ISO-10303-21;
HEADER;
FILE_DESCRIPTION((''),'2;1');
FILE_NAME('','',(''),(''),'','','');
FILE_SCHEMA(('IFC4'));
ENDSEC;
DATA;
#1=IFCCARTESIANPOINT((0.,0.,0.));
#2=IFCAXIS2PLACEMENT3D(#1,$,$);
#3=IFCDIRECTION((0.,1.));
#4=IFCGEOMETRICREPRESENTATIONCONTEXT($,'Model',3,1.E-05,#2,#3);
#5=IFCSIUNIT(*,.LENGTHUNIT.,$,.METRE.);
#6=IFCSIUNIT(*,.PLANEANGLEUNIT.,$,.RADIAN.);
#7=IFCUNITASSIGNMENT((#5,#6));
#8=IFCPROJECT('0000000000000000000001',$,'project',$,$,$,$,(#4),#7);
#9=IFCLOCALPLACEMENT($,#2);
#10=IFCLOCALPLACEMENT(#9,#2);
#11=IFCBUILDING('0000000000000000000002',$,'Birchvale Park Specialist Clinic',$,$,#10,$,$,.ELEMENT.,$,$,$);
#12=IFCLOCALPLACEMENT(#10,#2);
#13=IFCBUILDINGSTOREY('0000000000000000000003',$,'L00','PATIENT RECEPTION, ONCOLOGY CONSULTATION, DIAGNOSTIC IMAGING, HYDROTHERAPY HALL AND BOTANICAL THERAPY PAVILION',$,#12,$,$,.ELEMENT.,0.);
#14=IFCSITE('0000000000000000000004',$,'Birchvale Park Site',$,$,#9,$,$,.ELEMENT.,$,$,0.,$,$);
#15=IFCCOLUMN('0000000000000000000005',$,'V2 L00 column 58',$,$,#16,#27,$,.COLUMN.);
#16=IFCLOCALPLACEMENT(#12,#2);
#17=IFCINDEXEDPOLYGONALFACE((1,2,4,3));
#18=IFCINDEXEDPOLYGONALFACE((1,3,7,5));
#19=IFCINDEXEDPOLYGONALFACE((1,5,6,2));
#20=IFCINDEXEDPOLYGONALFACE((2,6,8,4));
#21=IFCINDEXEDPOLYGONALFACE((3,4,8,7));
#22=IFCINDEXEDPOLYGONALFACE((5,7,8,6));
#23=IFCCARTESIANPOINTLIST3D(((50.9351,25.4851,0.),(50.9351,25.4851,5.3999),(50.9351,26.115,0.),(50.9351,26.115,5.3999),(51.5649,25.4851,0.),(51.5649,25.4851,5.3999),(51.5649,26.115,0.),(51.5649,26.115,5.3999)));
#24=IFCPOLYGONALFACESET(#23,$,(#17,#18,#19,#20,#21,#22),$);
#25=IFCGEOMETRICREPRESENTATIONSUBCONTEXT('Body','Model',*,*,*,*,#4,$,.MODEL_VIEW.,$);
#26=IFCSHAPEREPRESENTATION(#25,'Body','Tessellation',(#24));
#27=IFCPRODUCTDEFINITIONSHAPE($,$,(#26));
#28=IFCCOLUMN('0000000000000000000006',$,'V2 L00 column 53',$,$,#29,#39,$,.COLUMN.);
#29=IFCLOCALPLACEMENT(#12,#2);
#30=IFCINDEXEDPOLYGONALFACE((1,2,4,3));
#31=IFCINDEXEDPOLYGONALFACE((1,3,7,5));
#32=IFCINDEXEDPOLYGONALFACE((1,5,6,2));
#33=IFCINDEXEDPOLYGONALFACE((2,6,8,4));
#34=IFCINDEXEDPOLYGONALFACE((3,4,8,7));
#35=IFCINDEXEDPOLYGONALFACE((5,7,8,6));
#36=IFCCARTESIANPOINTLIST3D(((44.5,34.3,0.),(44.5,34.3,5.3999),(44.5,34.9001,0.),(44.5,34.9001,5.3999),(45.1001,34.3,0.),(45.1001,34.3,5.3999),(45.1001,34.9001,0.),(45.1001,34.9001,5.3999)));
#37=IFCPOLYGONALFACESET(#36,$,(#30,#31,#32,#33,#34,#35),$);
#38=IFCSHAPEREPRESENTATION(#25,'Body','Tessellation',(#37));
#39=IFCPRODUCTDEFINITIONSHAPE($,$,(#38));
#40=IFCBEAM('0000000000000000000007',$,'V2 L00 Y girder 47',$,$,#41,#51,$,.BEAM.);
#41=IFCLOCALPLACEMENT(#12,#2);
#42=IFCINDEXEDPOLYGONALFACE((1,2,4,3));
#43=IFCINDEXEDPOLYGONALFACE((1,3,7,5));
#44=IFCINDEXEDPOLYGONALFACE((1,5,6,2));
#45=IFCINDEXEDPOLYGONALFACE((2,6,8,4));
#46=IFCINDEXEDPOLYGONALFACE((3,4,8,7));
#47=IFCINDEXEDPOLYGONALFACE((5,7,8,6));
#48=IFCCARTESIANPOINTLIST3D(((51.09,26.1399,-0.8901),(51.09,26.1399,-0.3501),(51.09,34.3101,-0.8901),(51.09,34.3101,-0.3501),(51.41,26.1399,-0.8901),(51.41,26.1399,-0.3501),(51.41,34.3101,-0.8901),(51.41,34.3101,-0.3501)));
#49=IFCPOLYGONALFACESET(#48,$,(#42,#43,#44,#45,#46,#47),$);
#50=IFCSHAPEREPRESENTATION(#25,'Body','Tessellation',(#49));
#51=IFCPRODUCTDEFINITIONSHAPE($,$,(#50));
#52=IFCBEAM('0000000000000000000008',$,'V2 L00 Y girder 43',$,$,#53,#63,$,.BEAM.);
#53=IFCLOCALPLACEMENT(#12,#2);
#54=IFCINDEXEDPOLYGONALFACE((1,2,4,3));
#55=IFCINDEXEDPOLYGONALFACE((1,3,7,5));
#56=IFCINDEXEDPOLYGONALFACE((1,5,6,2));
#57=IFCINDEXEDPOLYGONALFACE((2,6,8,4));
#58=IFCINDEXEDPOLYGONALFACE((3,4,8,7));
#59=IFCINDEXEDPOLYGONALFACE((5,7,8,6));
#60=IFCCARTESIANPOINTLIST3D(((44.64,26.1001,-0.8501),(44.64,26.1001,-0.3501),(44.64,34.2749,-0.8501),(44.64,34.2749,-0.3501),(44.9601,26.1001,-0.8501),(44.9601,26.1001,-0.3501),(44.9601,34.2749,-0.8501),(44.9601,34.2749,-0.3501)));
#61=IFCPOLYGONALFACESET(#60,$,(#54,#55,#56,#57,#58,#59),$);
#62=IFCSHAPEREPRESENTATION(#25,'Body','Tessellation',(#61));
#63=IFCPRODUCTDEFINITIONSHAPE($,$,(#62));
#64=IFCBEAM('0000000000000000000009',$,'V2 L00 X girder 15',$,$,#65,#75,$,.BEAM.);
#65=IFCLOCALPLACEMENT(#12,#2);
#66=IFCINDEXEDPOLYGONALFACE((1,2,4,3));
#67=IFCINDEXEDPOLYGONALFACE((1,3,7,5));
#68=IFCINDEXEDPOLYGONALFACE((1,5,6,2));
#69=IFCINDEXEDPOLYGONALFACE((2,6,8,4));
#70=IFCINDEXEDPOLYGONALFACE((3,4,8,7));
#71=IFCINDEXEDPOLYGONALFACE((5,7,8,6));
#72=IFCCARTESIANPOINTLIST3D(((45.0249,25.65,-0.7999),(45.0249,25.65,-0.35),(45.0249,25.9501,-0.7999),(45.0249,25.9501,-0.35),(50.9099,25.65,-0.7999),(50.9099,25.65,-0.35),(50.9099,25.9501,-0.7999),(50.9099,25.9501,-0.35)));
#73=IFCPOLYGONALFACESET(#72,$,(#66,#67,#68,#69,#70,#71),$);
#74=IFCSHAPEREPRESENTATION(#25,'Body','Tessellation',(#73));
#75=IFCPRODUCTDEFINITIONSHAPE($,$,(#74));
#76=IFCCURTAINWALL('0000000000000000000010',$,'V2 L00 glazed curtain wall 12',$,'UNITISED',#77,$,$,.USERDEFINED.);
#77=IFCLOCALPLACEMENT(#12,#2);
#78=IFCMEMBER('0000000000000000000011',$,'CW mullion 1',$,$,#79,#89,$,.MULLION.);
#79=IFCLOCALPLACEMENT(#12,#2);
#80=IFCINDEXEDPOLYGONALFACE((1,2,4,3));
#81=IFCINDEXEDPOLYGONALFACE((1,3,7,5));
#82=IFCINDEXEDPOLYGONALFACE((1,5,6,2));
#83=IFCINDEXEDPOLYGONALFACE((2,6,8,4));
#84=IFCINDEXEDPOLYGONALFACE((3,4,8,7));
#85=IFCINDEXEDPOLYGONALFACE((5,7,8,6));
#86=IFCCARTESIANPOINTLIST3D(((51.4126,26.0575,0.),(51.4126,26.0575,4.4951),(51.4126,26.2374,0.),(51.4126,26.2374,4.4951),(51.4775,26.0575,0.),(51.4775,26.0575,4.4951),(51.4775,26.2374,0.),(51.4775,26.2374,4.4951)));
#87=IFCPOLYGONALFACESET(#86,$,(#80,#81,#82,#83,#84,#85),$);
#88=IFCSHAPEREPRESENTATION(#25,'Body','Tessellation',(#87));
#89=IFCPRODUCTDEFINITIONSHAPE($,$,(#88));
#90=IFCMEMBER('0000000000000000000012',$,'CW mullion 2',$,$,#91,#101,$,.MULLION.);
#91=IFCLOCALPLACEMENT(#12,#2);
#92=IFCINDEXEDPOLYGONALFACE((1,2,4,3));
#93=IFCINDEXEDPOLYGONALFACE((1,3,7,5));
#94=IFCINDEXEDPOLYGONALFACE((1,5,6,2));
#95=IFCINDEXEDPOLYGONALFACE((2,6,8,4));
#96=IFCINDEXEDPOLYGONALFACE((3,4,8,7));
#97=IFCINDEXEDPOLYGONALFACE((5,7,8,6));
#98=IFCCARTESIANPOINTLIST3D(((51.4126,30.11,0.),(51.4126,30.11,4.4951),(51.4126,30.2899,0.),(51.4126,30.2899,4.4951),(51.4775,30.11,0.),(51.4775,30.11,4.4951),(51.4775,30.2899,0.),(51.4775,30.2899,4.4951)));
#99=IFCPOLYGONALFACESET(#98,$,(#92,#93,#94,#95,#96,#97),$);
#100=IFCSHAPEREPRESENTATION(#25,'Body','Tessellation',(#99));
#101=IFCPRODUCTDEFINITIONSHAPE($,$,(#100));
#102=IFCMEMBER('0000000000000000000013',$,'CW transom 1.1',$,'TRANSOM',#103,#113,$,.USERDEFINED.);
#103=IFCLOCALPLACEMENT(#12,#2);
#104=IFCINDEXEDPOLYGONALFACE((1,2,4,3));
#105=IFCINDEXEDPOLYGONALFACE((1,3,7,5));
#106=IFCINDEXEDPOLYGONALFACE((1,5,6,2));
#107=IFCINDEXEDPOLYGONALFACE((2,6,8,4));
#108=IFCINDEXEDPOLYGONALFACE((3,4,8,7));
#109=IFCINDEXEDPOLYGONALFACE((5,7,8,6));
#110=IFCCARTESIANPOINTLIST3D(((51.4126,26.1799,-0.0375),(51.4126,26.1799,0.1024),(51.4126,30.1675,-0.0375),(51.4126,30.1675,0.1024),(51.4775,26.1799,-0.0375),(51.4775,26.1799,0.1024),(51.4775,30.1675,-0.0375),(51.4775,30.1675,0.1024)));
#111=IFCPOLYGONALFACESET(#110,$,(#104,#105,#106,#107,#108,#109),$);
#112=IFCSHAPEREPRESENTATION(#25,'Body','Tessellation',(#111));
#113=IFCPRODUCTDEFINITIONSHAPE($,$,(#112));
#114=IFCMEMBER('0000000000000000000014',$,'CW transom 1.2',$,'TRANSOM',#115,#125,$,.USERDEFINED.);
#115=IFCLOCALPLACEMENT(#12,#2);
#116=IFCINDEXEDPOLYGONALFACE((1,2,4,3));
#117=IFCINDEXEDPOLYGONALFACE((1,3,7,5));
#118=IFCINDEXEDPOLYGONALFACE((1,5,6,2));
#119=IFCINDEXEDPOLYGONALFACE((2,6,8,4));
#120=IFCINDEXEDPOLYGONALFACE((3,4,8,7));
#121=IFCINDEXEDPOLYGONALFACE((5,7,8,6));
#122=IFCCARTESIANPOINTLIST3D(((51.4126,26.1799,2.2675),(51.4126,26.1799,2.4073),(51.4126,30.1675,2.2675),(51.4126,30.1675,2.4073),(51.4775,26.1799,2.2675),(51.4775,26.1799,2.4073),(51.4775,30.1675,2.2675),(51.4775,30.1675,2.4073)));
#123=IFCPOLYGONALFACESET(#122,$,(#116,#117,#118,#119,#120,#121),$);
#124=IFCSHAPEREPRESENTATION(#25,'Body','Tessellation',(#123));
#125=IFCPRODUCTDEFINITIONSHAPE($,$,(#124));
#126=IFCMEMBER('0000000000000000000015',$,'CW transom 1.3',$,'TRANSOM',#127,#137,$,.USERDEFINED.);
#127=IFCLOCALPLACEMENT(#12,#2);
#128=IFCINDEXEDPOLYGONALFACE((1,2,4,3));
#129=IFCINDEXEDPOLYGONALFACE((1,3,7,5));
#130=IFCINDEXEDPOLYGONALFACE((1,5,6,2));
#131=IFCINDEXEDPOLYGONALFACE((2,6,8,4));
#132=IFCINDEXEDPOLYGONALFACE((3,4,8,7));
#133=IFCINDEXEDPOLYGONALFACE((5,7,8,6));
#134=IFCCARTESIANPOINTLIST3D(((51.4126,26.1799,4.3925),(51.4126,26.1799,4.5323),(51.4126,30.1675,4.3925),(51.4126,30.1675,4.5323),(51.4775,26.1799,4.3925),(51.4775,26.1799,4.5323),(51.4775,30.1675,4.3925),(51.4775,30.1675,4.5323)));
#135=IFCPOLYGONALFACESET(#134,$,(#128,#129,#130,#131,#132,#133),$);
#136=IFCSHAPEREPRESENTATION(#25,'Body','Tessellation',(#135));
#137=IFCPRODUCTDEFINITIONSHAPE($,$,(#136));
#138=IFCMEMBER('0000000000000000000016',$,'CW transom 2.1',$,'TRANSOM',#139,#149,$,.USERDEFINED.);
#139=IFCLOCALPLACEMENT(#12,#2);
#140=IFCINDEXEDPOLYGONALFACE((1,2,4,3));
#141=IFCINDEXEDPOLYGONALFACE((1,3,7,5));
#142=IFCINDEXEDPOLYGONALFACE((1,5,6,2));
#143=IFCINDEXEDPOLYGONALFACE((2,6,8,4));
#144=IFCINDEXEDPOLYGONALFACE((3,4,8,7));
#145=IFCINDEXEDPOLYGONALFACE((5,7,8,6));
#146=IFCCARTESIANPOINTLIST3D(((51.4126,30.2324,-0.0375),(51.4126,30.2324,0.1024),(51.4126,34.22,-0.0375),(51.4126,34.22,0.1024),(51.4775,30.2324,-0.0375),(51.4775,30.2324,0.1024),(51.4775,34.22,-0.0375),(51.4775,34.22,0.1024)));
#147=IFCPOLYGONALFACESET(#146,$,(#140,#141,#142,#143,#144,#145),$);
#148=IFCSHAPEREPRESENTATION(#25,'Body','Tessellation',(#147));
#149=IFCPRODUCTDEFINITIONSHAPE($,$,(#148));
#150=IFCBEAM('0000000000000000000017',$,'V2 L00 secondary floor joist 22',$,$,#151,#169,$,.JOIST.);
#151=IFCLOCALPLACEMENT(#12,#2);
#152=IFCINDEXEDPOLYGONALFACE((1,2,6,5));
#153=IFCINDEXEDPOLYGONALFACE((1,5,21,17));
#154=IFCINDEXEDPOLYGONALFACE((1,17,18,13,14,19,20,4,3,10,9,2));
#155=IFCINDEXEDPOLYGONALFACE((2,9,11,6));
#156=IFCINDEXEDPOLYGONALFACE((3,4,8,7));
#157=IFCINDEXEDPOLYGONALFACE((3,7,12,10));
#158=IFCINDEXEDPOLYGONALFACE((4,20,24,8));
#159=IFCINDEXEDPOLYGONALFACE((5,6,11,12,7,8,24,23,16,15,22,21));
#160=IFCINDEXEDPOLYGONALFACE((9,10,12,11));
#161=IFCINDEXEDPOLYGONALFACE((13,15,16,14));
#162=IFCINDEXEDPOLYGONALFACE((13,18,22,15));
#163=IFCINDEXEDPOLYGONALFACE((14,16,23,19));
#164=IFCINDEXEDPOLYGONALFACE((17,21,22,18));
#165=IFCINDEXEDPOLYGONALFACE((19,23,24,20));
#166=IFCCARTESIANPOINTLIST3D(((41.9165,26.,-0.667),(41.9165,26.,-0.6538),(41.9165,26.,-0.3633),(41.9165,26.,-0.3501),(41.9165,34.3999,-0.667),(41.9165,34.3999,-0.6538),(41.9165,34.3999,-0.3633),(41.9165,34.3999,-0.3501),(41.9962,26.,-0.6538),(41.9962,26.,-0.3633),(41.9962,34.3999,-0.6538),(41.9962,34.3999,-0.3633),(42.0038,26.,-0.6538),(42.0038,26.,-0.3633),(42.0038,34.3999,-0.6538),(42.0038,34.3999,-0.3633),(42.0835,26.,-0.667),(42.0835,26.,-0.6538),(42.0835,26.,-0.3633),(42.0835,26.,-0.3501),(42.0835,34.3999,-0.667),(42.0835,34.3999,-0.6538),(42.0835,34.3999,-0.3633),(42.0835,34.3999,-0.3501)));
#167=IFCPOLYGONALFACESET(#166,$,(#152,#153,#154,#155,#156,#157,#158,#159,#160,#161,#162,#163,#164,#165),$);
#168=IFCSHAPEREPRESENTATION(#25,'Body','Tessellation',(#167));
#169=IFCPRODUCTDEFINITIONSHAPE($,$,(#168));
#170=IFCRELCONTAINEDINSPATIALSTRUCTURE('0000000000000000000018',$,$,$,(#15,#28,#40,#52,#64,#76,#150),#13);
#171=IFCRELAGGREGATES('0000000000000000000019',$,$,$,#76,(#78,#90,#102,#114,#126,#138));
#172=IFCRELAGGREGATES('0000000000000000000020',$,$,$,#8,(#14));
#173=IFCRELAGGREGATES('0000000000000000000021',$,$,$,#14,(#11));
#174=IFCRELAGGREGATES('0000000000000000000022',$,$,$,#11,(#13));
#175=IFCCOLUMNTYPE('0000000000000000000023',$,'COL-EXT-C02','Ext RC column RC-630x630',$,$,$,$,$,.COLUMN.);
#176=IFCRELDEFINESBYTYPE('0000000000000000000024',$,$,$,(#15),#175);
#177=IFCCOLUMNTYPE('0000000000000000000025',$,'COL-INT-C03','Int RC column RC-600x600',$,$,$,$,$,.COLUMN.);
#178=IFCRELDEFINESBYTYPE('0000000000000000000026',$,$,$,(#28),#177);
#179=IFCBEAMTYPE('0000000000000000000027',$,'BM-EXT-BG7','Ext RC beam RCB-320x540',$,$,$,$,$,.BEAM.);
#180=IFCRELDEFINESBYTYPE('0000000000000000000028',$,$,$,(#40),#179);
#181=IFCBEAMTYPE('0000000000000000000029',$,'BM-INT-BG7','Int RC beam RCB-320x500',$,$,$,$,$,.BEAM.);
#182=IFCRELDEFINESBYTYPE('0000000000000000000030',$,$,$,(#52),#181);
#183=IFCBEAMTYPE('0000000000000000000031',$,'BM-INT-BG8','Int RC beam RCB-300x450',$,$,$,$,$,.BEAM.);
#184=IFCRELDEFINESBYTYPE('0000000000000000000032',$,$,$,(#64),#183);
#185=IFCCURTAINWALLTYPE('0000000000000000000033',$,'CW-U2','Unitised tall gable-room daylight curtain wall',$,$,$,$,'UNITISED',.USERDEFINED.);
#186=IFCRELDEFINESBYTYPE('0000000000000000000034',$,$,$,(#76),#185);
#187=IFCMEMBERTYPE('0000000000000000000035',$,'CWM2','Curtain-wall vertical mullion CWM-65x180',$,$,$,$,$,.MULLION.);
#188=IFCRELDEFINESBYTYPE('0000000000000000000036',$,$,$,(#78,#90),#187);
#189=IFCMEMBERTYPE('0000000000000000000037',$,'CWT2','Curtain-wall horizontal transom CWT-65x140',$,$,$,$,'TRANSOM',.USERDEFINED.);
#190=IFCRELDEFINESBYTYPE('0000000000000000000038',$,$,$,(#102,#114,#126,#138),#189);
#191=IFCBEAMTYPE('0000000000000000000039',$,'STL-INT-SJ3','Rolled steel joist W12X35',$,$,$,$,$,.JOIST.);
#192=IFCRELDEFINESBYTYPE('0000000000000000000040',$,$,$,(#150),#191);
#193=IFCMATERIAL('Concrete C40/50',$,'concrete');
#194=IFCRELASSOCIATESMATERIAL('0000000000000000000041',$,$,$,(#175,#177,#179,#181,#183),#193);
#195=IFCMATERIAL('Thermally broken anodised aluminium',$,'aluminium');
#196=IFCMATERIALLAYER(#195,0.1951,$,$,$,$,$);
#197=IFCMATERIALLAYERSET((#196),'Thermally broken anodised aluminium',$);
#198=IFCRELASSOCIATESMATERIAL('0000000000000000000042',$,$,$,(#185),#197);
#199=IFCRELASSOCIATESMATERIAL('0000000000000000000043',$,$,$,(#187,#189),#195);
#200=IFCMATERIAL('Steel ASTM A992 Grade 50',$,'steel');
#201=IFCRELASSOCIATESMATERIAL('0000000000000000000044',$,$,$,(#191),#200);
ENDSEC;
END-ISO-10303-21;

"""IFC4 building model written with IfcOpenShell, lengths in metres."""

from ifc_helpers import new_model, si_unit, direction, frame, origin, origin_2d, place, context, subcontext, project, spatial, rectangle, i_section, extrude, material, layer, layer_set, material_profile, profile_set, type_object, element, aggregate, save


model = new_model("IFC4")

# Units and contexts
model_context = context("Model", 3, precision=1e-05, world=origin(), true_north=direction((0.0, 1.0)))
body_context = subcontext(model_context, "Body", "Model", "MODEL_VIEW")
ifc_project = project(units=[si_unit("LENGTHUNIT", "METRE"), si_unit("PLANEANGLEUNIT", "RADIAN")], contexts=[model_context])

# Site, building, storey
site_placement = place(None, origin())
site = spatial("IfcSite", under=ifc_project, at=site_placement, Name="Birchvale Park Site", CompositionType="ELEMENT", RefElevation=0.0)
building_placement = place(site_placement, origin())
building = spatial("IfcBuilding", under=site, at=building_placement, Name="Birchvale Park Specialist Clinic", CompositionType="ELEMENT")
storey_placement = place(building_placement, origin())
storey = spatial("IfcBuildingStorey", under=building, at=storey_placement, Name="L00", Description="PATIENT RECEPTION, ONCOLOGY CONSULTATION, DIAGNOSTIC IMAGING, HYDROTHERAPY HALL AND BOTANICAL THERAPY PAVILION", CompositionType="ELEMENT", Elevation=0.0)

# Columns
ifc_material_1 = material(Name="Concrete C40/50", Category="concrete")
ifc_material_profile_1 = material_profile(ifc_material_1, rectangle(XDim=0.6299, YDim=0.6299, at=origin_2d()), Name="RC-630x630")
ifc_profile_set_1 = profile_set([ifc_material_profile_1], Name="Concrete C40/50")
column_type_1 = type_object("IfcColumnType", Name="COL-EXT-C02", Description="Ext RC column RC-630x630", PredefinedType="COLUMN", material=ifc_profile_set_1)
column_1_placement = place(storey_placement, frame((51.25, 25.8, 0.0), z_axis=(0.0, 0.0, 1.0), x_axis=(1.0, 0.0, 0.0)))
element("IfcColumn", 1, at=column_1_placement, inside=storey, type_object=column_type_1, Name="V2 L00 column 58", PredefinedType="COLUMN", context=body_context, shape_type="SweptSolid", body=[
    extrude(rectangle(XDim=0.6299, YDim=0.6299, at=origin_2d()), origin(), (0.0, 0.0, 1.0), 5.3999),
])
ifc_material_profile_2 = material_profile(ifc_material_1, rectangle(XDim=0.6001, YDim=0.6001, at=origin_2d()), Name="RC-600x600")
ifc_profile_set_2 = profile_set([ifc_material_profile_2], Name="Concrete C40/50")
column_type_2 = type_object("IfcColumnType", Name="COL-INT-C03", Description="Int RC column RC-600x600", PredefinedType="COLUMN", material=ifc_profile_set_2)
column_2_placement = place(storey_placement, frame((44.8, 34.6001, 0.0), z_axis=(0.0, 0.0, 1.0), x_axis=(1.0, 0.0, 0.0)))
element("IfcColumn", 2, at=column_2_placement, inside=storey, type_object=column_type_2, Name="V2 L00 column 53", PredefinedType="COLUMN", context=body_context, shape_type="SweptSolid", body=[
    extrude(rectangle(XDim=0.6001, YDim=0.6001, at=origin_2d()), origin(), (0.0, 0.0, 1.0), 5.3999),
])

# Beams
ifc_material_profile_3 = material_profile(ifc_material_1, rectangle(XDim=0.3201, YDim=0.54, at=origin_2d()), Name="RCB-320x540")
ifc_profile_set_3 = profile_set([ifc_material_profile_3], Name="Concrete C40/50")
beam_type_1 = type_object("IfcBeamType", Name="BM-EXT-BG7", Description="Ext RC beam RCB-320x540", PredefinedType="BEAM", material=ifc_profile_set_3)
beam_1_placement = place(storey_placement, frame((51.25, 26.1399, -0.6201), z_axis=(0.0, 1.0, 0.0), x_axis=(-1.0, 0.0, 0.0)))
element("IfcBeam", 3, at=beam_1_placement, inside=storey, type_object=beam_type_1, Name="V2 L00 Y girder 47", PredefinedType="BEAM", context=body_context, shape_type="SweptSolid", body=[
    extrude(rectangle(XDim=0.3201, YDim=0.54, at=origin_2d()), origin(), (0.0, 0.0, 1.0), 8.1702),
])
ifc_material_profile_4 = material_profile(ifc_material_1, rectangle(XDim=0.3201, YDim=0.5, at=origin_2d()), Name="RCB-320x500")
ifc_profile_set_4 = profile_set([ifc_material_profile_4], Name="Concrete C40/50")
beam_type_2 = type_object("IfcBeamType", Name="BM-INT-BG7", Description="Int RC beam RCB-320x500", PredefinedType="BEAM", material=ifc_profile_set_4)
beam_2_placement = place(storey_placement, frame((44.8, 26.1001, -0.6001), z_axis=(0.0, 1.0, 0.0), x_axis=(-1.0, 0.0, 0.0)))
element("IfcBeam", 4, at=beam_2_placement, inside=storey, type_object=beam_type_2, Name="V2 L00 Y girder 43", PredefinedType="BEAM", context=body_context, shape_type="SweptSolid", body=[
    extrude(rectangle(XDim=0.3201, YDim=0.5, at=origin_2d()), origin(), (0.0, 0.0, 1.0), 8.1748),
])
ifc_material_profile_5 = material_profile(ifc_material_1, rectangle(XDim=0.3, YDim=0.45, at=origin_2d()), Name="RCB-300x450")
ifc_profile_set_5 = profile_set([ifc_material_profile_5], Name="Concrete C40/50")
beam_type_3 = type_object("IfcBeamType", Name="BM-INT-BG8", Description="Int RC beam RCB-300x450", PredefinedType="BEAM", material=ifc_profile_set_5)
beam_3_placement = place(storey_placement, frame((45.0249, 25.8, -0.575), z_axis=(1.0, 0.0, 0.0), x_axis=(0.0, 1.0, 0.0)))
element("IfcBeam", 5, at=beam_3_placement, inside=storey, type_object=beam_type_3, Name="V2 L00 X girder 15", PredefinedType="BEAM", context=body_context, shape_type="SweptSolid", body=[
    extrude(rectangle(XDim=0.3, YDim=0.45, at=origin_2d()), origin(), (0.0, 0.0, 1.0), 5.885),
])

# Curtain wall, members
ifc_material_2 = material(Name="Thermally broken anodised aluminium", Category="aluminium")
ifc_layer_1 = layer(ifc_material_2, 0.1951)
ifc_layer_set_1 = layer_set([ifc_layer_1], Name="Thermally broken anodised aluminium")
curtain_wall_type = type_object("IfcCurtainWallType", Name="CW-U2", Description="Unitised tall gable-room daylight curtain wall", ElementType="UNITISED", PredefinedType="USERDEFINED", material=ifc_layer_set_1)
curtain_wall_placement = place(storey_placement, origin())
curtain_wall = element("IfcCurtainWall", 6, at=curtain_wall_placement, inside=storey, type_object=curtain_wall_type, Name="V2 L00 glazed curtain wall 12", ObjectType="UNITISED", PredefinedType="USERDEFINED")
ifc_material_profile_6 = material_profile(ifc_material_2, rectangle(XDim=0.0649, YDim=0.1799, at=origin_2d()), Name="CWM-65x180")
ifc_profile_set_6 = profile_set([ifc_material_profile_6], Name="Thermally broken anodised aluminium")
member_type_1 = type_object("IfcMemberType", Name="CWM2", Description="Curtain-wall vertical mullion CWM-65x180", PredefinedType="MULLION", material=ifc_profile_set_6)
member_1_placement = place(storey_placement, frame((51.4451, 26.1475, 0.0), z_axis=(0.0, 0.0, 1.0), x_axis=(-1.0, 0.0, 0.0)))
member_1 = element("IfcMember", 7, at=member_1_placement, type_object=member_type_1, Name="CW mullion 1", PredefinedType="MULLION", context=body_context, shape_type="SweptSolid", body=[
    extrude(rectangle(XDim=0.0649, YDim=0.1799, at=origin_2d()), origin(), (0.0, 0.0, 1.0), 4.4951),
])
member_2_placement = place(storey_placement, frame((51.4451, 30.2, 0.0), z_axis=(0.0, 0.0, 1.0), x_axis=(-1.0, 0.0, 0.0)))
member_2 = element("IfcMember", 8, at=member_2_placement, type_object=member_type_1, Name="CW mullion 2", PredefinedType="MULLION", context=body_context, shape_type="SweptSolid", body=[
    extrude(rectangle(XDim=0.0649, YDim=0.1799, at=origin_2d()), origin(), (0.0, 0.0, 1.0), 4.4951),
])
ifc_material_profile_7 = material_profile(ifc_material_2, rectangle(XDim=0.0649, YDim=0.1399, at=origin_2d()), Name="CWT-65x140")
ifc_profile_set_7 = profile_set([ifc_material_profile_7], Name="Thermally broken anodised aluminium")
member_type_2 = type_object("IfcMemberType", Name="CWT2", Description="Curtain-wall horizontal transom CWT-65x140", ElementType="TRANSOM", PredefinedType="USERDEFINED", material=ifc_profile_set_7)
member_3_placement = place(storey_placement, frame((51.4451, 26.1799, 0.0325), z_axis=(0.0, 1.0, 0.0), x_axis=(-1.0, 0.0, 0.0)))
member_3 = element("IfcMember", 9, at=member_3_placement, type_object=member_type_2, Name="CW transom 1.1", ObjectType="TRANSOM", PredefinedType="USERDEFINED", context=body_context, shape_type="SweptSolid", body=[
    extrude(rectangle(XDim=0.0649, YDim=0.1399, at=origin_2d()), origin(), (0.0, 0.0, 1.0), 3.9875),
])
member_4_placement = place(storey_placement, frame((51.4451, 26.1799, 2.3374), z_axis=(0.0, 1.0, 0.0), x_axis=(-1.0, 0.0, 0.0)))
member_4 = element("IfcMember", 10, at=member_4_placement, type_object=member_type_2, Name="CW transom 1.2", ObjectType="TRANSOM", PredefinedType="USERDEFINED", context=body_context, shape_type="SweptSolid", body=[
    extrude(rectangle(XDim=0.0649, YDim=0.1399, at=origin_2d()), origin(), (0.0, 0.0, 1.0), 3.9875),
])
member_5_placement = place(storey_placement, frame((51.4451, 26.1799, 4.4624), z_axis=(0.0, 1.0, 0.0), x_axis=(-1.0, 0.0, 0.0)))
member_5 = element("IfcMember", 11, at=member_5_placement, type_object=member_type_2, Name="CW transom 1.3", ObjectType="TRANSOM", PredefinedType="USERDEFINED", context=body_context, shape_type="SweptSolid", body=[
    extrude(rectangle(XDim=0.0649, YDim=0.1399, at=origin_2d()), origin(), (0.0, 0.0, 1.0), 3.9875),
])
member_6_placement = place(storey_placement, frame((51.4451, 30.2324, 0.0325), z_axis=(0.0, 1.0, 0.0), x_axis=(-1.0, 0.0, 0.0)))
member_6 = element("IfcMember", 12, at=member_6_placement, type_object=member_type_2, Name="CW transom 2.1", ObjectType="TRANSOM", PredefinedType="USERDEFINED", context=body_context, shape_type="SweptSolid", body=[
    extrude(rectangle(XDim=0.0649, YDim=0.1399, at=origin_2d()), origin(), (0.0, 0.0, 1.0), 3.9875),
])

# Beam
ifc_material_3 = material(Name="Steel ASTM A992 Grade 50", Category="steel")
ifc_material_profile_8 = material_profile(ifc_material_3, i_section(OverallWidth=0.167, OverallDepth=0.3169, WebThickness=0.0076, FlangeThickness=0.0132, at=origin_2d()), Name="W12X35")
ifc_profile_set_8 = profile_set([ifc_material_profile_8], Name="Steel ASTM A992 Grade 50")
beam_type_4 = type_object("IfcBeamType", Name="STL-INT-SJ3", Description="Rolled steel joist W12X35", PredefinedType="JOIST", material=ifc_profile_set_8)
beam_4_placement = place(storey_placement, frame((42.0, 26.0, -0.5085), z_axis=(0.0, 1.0, 0.0), x_axis=(-1.0, 0.0, 0.0)))
element("IfcBeam", 13, at=beam_4_placement, inside=storey, type_object=beam_type_4, Name="V2 L00 secondary floor joist 22", PredefinedType="JOIST", context=body_context, shape_type="SweptSolid", body=[
    extrude(i_section(OverallWidth=0.167, OverallDepth=0.3169, WebThickness=0.0076, FlangeThickness=0.0132, at=origin_2d()), origin(), (0.0, 0.0, 1.0), 8.3999),
])

aggregate(curtain_wall, [member_1, member_2, member_3, member_4, member_5, member_6])

save(model, "model.ifc")
